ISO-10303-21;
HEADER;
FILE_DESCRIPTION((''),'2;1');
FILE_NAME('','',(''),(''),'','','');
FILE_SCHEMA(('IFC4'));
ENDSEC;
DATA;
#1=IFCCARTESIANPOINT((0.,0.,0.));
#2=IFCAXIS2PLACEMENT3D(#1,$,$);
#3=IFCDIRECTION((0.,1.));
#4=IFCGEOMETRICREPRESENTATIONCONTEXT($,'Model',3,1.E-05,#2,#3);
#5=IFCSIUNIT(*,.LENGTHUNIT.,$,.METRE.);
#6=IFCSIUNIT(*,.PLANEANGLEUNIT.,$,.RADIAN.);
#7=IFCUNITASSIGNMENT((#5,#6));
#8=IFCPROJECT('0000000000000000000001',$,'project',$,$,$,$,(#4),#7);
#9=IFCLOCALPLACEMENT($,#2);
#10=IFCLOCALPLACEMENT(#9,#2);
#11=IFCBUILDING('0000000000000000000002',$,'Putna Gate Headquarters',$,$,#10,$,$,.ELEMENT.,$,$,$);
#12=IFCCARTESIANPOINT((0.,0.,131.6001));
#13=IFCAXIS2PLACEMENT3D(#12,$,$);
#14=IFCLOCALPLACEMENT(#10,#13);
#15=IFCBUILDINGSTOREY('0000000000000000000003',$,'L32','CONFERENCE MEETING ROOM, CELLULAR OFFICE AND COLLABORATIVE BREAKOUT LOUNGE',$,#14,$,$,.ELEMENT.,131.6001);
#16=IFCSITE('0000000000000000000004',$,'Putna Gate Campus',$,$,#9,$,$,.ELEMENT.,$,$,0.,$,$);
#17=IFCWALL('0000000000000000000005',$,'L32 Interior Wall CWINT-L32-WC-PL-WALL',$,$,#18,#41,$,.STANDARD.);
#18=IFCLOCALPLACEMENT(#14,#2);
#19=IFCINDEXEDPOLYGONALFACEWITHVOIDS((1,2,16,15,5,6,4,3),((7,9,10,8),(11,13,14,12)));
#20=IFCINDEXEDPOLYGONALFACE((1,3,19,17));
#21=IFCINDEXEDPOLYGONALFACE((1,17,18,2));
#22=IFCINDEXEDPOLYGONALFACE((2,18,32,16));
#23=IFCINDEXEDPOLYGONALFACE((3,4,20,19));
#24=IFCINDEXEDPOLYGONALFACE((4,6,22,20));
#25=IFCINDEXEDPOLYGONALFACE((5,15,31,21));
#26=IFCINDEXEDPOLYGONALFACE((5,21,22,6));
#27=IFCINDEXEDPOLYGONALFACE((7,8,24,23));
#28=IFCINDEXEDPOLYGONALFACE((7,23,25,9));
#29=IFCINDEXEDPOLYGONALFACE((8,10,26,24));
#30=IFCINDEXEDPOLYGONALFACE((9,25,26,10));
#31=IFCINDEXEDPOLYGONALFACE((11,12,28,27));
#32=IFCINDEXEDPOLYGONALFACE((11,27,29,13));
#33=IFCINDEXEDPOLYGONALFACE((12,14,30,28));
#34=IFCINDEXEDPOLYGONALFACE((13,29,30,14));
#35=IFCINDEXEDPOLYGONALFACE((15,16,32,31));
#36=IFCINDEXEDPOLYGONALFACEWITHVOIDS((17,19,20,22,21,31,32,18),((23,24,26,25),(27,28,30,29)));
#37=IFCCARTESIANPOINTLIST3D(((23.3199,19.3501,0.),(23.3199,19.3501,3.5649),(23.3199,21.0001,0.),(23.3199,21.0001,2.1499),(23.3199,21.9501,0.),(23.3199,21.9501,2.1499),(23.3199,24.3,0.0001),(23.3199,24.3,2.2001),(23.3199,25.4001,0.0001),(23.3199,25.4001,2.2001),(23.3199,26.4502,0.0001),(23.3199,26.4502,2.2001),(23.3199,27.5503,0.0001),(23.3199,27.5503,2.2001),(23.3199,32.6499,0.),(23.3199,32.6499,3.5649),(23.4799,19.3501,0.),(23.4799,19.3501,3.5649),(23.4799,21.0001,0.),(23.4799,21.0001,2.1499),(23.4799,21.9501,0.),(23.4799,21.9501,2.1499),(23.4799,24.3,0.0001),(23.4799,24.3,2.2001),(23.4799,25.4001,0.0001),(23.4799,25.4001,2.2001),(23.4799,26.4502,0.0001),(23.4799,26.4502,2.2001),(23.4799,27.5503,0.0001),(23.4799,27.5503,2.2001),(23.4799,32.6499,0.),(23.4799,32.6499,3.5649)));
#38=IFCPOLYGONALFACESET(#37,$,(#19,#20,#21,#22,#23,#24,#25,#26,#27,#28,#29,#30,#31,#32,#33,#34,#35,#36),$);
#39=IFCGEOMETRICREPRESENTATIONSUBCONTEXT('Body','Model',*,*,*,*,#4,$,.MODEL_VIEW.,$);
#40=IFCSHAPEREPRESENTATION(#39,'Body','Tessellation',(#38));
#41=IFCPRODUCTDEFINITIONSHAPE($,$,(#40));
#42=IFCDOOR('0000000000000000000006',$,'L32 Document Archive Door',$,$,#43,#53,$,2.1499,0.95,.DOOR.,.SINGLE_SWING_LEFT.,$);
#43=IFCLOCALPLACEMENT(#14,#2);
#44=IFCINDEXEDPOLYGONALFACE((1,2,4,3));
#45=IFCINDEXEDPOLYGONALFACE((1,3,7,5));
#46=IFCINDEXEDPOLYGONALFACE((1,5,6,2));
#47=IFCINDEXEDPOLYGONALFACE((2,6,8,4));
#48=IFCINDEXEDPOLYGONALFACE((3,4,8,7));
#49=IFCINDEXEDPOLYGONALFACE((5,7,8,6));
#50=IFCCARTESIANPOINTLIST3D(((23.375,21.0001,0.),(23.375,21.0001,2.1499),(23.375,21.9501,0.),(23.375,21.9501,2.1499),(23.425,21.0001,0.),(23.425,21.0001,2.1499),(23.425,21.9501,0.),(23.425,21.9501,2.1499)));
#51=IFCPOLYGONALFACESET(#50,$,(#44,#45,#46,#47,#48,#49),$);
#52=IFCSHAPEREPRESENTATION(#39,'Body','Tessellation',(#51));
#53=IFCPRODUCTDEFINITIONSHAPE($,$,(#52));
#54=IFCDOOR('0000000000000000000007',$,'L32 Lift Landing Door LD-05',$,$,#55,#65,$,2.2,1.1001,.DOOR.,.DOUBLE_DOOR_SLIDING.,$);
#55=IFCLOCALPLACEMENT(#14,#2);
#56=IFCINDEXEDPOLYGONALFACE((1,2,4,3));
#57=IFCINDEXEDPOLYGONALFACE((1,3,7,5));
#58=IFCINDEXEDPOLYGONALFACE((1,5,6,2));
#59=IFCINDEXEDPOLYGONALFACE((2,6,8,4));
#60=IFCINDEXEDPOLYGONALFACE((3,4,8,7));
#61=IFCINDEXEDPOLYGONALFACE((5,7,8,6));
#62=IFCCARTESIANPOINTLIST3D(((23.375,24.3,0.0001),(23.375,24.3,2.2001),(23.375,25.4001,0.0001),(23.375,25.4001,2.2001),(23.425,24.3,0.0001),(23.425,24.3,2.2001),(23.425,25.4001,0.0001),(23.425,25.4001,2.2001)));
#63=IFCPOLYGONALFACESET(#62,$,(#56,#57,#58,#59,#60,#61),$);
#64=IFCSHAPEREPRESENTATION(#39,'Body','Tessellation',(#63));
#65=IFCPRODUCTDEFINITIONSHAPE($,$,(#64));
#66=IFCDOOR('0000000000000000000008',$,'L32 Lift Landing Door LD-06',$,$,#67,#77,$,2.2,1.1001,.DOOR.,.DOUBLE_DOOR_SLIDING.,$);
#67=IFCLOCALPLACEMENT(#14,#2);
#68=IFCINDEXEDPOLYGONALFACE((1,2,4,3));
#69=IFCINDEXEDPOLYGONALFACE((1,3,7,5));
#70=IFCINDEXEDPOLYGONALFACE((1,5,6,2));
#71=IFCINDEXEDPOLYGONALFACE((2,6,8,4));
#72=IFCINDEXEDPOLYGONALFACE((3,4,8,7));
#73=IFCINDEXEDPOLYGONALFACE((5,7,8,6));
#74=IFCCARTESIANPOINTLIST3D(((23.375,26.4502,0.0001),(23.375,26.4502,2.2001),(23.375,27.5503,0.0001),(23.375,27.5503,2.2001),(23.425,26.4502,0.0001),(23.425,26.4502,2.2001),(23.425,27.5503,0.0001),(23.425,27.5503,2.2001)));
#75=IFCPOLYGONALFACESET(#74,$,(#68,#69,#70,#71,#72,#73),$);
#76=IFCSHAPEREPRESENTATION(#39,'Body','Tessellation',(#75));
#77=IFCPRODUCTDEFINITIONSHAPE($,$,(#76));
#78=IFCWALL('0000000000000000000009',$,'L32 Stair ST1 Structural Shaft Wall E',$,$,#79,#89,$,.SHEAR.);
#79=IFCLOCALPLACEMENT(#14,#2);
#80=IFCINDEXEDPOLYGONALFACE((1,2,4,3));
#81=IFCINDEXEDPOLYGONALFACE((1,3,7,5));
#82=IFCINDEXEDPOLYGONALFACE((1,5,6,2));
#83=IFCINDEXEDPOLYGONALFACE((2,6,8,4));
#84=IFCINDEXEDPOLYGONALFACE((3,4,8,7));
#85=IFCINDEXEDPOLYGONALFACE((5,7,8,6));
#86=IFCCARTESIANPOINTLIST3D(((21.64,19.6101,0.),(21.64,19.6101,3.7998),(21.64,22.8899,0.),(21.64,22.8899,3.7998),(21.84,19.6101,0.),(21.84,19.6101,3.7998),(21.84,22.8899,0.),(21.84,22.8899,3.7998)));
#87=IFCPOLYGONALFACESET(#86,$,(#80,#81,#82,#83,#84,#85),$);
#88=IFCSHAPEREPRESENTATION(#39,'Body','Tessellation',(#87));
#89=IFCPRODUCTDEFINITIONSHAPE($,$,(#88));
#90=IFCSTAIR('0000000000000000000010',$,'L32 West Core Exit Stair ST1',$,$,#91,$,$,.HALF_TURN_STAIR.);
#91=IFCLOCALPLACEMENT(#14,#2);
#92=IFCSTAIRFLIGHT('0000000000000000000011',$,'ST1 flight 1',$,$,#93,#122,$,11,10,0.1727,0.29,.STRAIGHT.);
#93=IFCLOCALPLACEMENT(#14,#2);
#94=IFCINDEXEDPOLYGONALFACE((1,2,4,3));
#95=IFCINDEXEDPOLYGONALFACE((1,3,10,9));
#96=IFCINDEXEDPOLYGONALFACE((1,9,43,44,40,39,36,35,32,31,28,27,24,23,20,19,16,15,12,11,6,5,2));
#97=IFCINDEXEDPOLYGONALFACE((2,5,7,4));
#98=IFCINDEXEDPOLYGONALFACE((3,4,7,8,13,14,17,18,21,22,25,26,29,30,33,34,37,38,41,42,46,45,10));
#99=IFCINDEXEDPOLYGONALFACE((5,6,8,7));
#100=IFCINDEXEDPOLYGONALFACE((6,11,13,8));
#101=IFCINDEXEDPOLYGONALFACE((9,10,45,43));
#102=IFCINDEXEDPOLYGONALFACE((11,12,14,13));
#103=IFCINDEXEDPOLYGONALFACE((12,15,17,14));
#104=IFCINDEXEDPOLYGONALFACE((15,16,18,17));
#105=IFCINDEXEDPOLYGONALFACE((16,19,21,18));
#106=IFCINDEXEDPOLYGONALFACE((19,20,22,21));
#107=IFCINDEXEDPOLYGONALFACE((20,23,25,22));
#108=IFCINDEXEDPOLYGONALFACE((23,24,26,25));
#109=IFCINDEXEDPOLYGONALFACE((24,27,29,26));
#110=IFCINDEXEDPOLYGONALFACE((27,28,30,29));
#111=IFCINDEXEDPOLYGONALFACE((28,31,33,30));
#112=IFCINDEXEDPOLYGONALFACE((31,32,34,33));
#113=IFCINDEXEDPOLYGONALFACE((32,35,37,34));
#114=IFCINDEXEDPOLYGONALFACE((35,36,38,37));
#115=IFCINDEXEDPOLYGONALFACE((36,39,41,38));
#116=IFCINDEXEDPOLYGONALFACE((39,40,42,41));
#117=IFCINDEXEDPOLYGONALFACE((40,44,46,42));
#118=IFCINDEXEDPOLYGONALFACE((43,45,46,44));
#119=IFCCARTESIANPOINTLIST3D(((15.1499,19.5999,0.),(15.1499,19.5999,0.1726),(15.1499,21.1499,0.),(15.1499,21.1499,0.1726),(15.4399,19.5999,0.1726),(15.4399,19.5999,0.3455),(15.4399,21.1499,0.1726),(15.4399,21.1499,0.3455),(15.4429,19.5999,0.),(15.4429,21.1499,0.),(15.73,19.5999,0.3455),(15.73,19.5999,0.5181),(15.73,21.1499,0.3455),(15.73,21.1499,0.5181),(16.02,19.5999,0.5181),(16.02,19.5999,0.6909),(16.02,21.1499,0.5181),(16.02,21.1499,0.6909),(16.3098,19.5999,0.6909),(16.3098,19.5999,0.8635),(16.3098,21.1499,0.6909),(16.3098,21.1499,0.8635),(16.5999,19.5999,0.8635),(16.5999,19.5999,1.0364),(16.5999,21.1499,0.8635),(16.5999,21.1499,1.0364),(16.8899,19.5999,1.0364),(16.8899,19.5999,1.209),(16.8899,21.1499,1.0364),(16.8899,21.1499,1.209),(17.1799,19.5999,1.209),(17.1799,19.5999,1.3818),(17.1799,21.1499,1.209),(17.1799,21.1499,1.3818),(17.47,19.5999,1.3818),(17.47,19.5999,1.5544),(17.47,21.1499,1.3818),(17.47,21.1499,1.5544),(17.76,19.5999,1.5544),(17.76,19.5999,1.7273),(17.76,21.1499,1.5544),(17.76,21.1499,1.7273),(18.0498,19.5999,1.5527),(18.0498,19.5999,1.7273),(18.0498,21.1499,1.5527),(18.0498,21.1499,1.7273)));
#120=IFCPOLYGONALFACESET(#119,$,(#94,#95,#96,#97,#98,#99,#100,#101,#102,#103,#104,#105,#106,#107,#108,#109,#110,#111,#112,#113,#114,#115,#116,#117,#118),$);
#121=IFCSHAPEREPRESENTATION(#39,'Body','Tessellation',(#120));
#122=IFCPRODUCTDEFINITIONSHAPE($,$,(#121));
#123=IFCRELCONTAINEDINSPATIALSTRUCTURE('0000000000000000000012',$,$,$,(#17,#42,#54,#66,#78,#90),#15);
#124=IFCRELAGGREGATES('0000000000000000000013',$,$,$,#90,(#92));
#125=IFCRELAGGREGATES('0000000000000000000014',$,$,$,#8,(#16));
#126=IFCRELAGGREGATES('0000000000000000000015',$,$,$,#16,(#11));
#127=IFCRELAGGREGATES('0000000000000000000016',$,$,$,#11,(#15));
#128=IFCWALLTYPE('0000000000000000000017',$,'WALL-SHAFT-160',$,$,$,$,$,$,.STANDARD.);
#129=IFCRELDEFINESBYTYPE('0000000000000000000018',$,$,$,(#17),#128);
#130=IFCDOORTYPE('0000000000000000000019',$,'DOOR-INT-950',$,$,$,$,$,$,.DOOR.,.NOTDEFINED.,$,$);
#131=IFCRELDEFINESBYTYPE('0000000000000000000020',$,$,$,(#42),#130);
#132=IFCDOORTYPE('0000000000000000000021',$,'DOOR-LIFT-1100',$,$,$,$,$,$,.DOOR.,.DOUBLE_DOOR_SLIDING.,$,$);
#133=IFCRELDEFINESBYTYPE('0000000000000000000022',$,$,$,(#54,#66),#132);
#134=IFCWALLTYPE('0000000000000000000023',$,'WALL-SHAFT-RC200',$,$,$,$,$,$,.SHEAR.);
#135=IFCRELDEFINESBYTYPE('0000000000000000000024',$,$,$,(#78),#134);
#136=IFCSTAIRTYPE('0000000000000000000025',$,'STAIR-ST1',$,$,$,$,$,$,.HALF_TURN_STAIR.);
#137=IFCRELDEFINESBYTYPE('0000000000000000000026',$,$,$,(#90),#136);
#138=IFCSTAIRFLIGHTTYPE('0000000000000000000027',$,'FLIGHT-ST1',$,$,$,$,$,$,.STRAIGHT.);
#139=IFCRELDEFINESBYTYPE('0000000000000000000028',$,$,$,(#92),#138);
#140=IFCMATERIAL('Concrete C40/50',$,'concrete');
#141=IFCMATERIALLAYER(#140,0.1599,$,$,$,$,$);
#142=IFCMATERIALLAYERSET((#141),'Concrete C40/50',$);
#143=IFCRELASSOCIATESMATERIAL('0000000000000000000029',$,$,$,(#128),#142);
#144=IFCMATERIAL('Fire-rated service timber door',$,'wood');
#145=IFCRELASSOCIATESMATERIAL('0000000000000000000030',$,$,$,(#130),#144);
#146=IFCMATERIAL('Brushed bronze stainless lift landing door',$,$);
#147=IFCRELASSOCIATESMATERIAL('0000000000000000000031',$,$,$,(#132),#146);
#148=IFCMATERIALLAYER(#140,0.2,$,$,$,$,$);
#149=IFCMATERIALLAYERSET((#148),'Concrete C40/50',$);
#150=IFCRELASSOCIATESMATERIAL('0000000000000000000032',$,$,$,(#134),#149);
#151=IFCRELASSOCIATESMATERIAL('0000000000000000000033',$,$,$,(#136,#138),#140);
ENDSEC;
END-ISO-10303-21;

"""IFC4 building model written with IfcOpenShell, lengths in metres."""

from ifc_helpers import new_model, si_unit, direction, frame, frame_2d, origin, place, context, subcontext, project, spatial, polyline, rectangle, outline, extrude, material, layer, layer_set, type_object, element, fill, aggregate, save


model = new_model("IFC4")

# Units and contexts
model_context = context("Model", 3, precision=1e-05, world=origin(), true_north=direction((0.0, 1.0)))
body_context = subcontext(model_context, "Body", "Model", "MODEL_VIEW")
ifc_project = project(units=[si_unit("LENGTHUNIT", "METRE"), si_unit("PLANEANGLEUNIT", "RADIAN")], contexts=[model_context])

# Site, building, storey
site_placement = place(None, origin())
site = spatial("IfcSite", under=ifc_project, at=site_placement, Name="Putna Gate Campus", CompositionType="ELEMENT", RefElevation=0.0)
building_placement = place(site_placement, origin())
building = spatial("IfcBuilding", under=site, at=building_placement, Name="Putna Gate Headquarters", CompositionType="ELEMENT")
storey_placement = place(building_placement, frame((0.0, 0.0, 131.6001)))
storey = spatial("IfcBuildingStorey", under=building, at=storey_placement, Name="L32", Description="CONFERENCE MEETING ROOM, CELLULAR OFFICE AND COLLABORATIVE BREAKOUT LOUNGE", CompositionType="ELEMENT", Elevation=131.6001)

# Wall, openings, doors
ifc_material_1 = material(Name="Concrete C40/50", Category="concrete")
ifc_layer_1 = layer(ifc_material_1, 0.1599)
ifc_layer_set_1 = layer_set([ifc_layer_1], Name="Concrete C40/50")
wall_type_1 = type_object("IfcWallType", Name="WALL-SHAFT-160", PredefinedType="STANDARD", material=ifc_layer_set_1)
wall_1_placement = place(storey_placement, frame((23.3999, 19.3501, 0.0), z_axis=(0.0, 0.0, 1.0), x_axis=(0.0, 1.0, 0.0)))
wall_1 = element("IfcWall", 1, at=wall_1_placement, inside=storey, type_object=wall_type_1, Name="L32 Interior Wall CWINT-L32-WC-PL-WALL", PredefinedType="STANDARD", context=body_context, shape_type="SweptSolid", body=[
    extrude(rectangle(XDim=13.2998, YDim=0.1599, at=frame_2d((6.6499, 0.0))), origin(), (0.0, 0.0, 1.0), 3.5649),
])
opening_1_placement = place(wall_1_placement, frame((1.6499, 0.0, 0.0)))
opening_1 = element("IfcOpeningElement", 2, at=opening_1_placement, cuts=wall_1, PredefinedType="OPENING", context=body_context, shape_type="SweptSolid", body=[
    extrude(rectangle(XDim=0.95, YDim=2.1499, at=frame_2d((0.4751, 1.075))), frame((0.0, 0.0898, 0.0), z_axis=(0.0, -1.0, 0.0), x_axis=(1.0, 0.0, 0.0)), (0.0, 0.0, 1.0), 0.1799),
])
opening_2_placement = place(wall_1_placement, frame((4.95, 0.0, 0.0)))
opening_2 = element("IfcOpeningElement", 3, at=opening_2_placement, cuts=wall_1, PredefinedType="OPENING", context=body_context, shape_type="SweptSolid", body=[
    extrude(rectangle(XDim=1.1001, YDim=2.2, at=frame_2d((0.55, 1.1001))), frame((0.0, 0.0898, 0.0), z_axis=(0.0, -1.0, 0.0), x_axis=(1.0, 0.0, 0.0)), (0.0, 0.0, 1.0), 0.1799),
])
opening_3_placement = place(wall_1_placement, frame((7.1001, 0.0, 0.0)))
opening_3 = element("IfcOpeningElement", 4, at=opening_3_placement, cuts=wall_1, PredefinedType="OPENING", context=body_context, shape_type="SweptSolid", body=[
    extrude(rectangle(XDim=1.1001, YDim=2.2, at=frame_2d((0.55, 1.1001))), frame((0.0, 0.0898, 0.0), z_axis=(0.0, -1.0, 0.0), x_axis=(1.0, 0.0, 0.0)), (0.0, 0.0, 1.0), 0.1799),
])
ifc_material_2 = material(Name="Fire-rated service timber door", Category="wood")
door_type_1 = type_object("IfcDoorType", Name="DOOR-INT-950", OperationType="NOTDEFINED", PredefinedType="DOOR", material=ifc_material_2)
door_1_placement = place(opening_1_placement, origin())
door_1 = element("IfcDoor", 5, at=door_1_placement, inside=storey, type_object=door_type_1, Name="L32 Document Archive Door", OperationType="SINGLE_SWING_LEFT", OverallHeight=2.1499, OverallWidth=0.95, PredefinedType="DOOR", context=body_context, shape_type="SweptSolid", body=[
    extrude(rectangle(XDim=0.95, YDim=2.1499, at=frame_2d((0.4751, 1.075))), frame((0.0, 0.0249, 0.0), z_axis=(0.0, -1.0, 0.0), x_axis=(1.0, 0.0, 0.0)), (0.0, 0.0, 1.0), 0.05),
])
fill(opening_1, door_1)
ifc_material_3 = material(Name="Brushed bronze stainless lift landing door")
door_type_2 = type_object("IfcDoorType", Name="DOOR-LIFT-1100", OperationType="DOUBLE_DOOR_SLIDING", PredefinedType="DOOR", material=ifc_material_3)
door_2_placement = place(opening_2_placement, origin())
door_2 = element("IfcDoor", 6, at=door_2_placement, inside=storey, type_object=door_type_2, Name="L32 Lift Landing Door LD-05", OperationType="DOUBLE_DOOR_SLIDING", OverallHeight=2.2, OverallWidth=1.1001, PredefinedType="DOOR", context=body_context, shape_type="SweptSolid", body=[
    extrude(rectangle(XDim=1.1001, YDim=2.2, at=frame_2d((0.55, 1.1001))), frame((0.0, 0.0249, 0.0), z_axis=(0.0, -1.0, 0.0), x_axis=(1.0, 0.0, 0.0)), (0.0, 0.0, 1.0), 0.05),
])
fill(opening_2, door_2)
door_3_placement = place(opening_3_placement, origin())
door_3 = element("IfcDoor", 7, at=door_3_placement, inside=storey, type_object=door_type_2, Name="L32 Lift Landing Door LD-06", OperationType="DOUBLE_DOOR_SLIDING", OverallHeight=2.2, OverallWidth=1.1001, PredefinedType="DOOR", context=body_context, shape_type="SweptSolid", body=[
    extrude(rectangle(XDim=1.1001, YDim=2.2, at=frame_2d((0.55, 1.1001))), frame((0.0, 0.0249, 0.0), z_axis=(0.0, -1.0, 0.0), x_axis=(1.0, 0.0, 0.0)), (0.0, 0.0, 1.0), 0.05),
])
fill(opening_3, door_3)

# Wall
ifc_layer_2 = layer(ifc_material_1, 0.2)
ifc_layer_set_2 = layer_set([ifc_layer_2], Name="Concrete C40/50")
wall_type_2 = type_object("IfcWallType", Name="WALL-SHAFT-RC200", PredefinedType="SHEAR", material=ifc_layer_set_2)
wall_2_placement = place(storey_placement, frame((21.74, 19.6101, 0.0), z_axis=(0.0, 0.0, 1.0), x_axis=(0.0, 1.0, 0.0)))
element("IfcWall", 8, at=wall_2_placement, inside=storey, type_object=wall_type_2, Name="L32 Stair ST1 Structural Shaft Wall E", PredefinedType="SHEAR", context=body_context, shape_type="SweptSolid", body=[
    extrude(rectangle(XDim=3.2798, YDim=0.2, at=frame_2d((1.6399, 0.0))), origin(), (0.0, 0.0, 1.0), 3.7998),
])

# Stair, stair flight
stair_type = type_object("IfcStairType", Name="STAIR-ST1", PredefinedType="HALF_TURN_STAIR", material=ifc_material_1)
stair_placement = place(storey_placement, origin())
stair = element("IfcStair", 9, at=stair_placement, inside=storey, type_object=stair_type, Name="L32 West Core Exit Stair ST1", PredefinedType="HALF_TURN_STAIR")
stair_flight_type = type_object("IfcStairFlightType", Name="FLIGHT-ST1", PredefinedType="STRAIGHT", material=ifc_material_1)
stair_flight_placement = place(storey_placement, frame((15.1499, 20.375, 0.0), z_axis=(0.0, 0.0, 1.0), x_axis=(1.0, 0.0, 0.0)))
stair_flight = element("IfcStairFlight", 10, at=stair_flight_placement, type_object=stair_flight_type, Name="ST1 flight 1", NumberOfRisers=11, NumberOfTreads=10, PredefinedType="STRAIGHT", RiserHeight=0.1727, TreadLength=0.29, context=body_context, shape_type="SweptSolid", body=[
    extrude(outline(polyline([(0.0, 0.0), (0.0, 0.1726), (0.29, 0.1726), (0.29, 0.3455), (0.5801, 0.3455), (0.5801, 0.5181), (0.8701, 0.5181), (0.8701, 0.6909), (1.1599, 0.6909), (1.1599, 0.8635), (1.45, 0.8635), (1.45, 1.0364), (1.74, 1.0364), (1.74, 1.209), (2.03, 1.209), (2.03, 1.3818), (2.3201, 1.3818), (2.3201, 1.5544), (2.6101, 1.5544), (2.6101, 1.7273), (2.8999, 1.7273), (2.8999, 1.8999), (2.8999, 1.5527), (0.293, 0.0), (0.0, 0.0)])), frame((0.0, 0.7749, 0.0), z_axis=(0.0, -1.0, 0.0), x_axis=(1.0, 0.0, 0.0)), (0.0, 0.0, 1.0), 1.55),
])
aggregate(stair, [stair_flight])

save(model, "model.ifc")
